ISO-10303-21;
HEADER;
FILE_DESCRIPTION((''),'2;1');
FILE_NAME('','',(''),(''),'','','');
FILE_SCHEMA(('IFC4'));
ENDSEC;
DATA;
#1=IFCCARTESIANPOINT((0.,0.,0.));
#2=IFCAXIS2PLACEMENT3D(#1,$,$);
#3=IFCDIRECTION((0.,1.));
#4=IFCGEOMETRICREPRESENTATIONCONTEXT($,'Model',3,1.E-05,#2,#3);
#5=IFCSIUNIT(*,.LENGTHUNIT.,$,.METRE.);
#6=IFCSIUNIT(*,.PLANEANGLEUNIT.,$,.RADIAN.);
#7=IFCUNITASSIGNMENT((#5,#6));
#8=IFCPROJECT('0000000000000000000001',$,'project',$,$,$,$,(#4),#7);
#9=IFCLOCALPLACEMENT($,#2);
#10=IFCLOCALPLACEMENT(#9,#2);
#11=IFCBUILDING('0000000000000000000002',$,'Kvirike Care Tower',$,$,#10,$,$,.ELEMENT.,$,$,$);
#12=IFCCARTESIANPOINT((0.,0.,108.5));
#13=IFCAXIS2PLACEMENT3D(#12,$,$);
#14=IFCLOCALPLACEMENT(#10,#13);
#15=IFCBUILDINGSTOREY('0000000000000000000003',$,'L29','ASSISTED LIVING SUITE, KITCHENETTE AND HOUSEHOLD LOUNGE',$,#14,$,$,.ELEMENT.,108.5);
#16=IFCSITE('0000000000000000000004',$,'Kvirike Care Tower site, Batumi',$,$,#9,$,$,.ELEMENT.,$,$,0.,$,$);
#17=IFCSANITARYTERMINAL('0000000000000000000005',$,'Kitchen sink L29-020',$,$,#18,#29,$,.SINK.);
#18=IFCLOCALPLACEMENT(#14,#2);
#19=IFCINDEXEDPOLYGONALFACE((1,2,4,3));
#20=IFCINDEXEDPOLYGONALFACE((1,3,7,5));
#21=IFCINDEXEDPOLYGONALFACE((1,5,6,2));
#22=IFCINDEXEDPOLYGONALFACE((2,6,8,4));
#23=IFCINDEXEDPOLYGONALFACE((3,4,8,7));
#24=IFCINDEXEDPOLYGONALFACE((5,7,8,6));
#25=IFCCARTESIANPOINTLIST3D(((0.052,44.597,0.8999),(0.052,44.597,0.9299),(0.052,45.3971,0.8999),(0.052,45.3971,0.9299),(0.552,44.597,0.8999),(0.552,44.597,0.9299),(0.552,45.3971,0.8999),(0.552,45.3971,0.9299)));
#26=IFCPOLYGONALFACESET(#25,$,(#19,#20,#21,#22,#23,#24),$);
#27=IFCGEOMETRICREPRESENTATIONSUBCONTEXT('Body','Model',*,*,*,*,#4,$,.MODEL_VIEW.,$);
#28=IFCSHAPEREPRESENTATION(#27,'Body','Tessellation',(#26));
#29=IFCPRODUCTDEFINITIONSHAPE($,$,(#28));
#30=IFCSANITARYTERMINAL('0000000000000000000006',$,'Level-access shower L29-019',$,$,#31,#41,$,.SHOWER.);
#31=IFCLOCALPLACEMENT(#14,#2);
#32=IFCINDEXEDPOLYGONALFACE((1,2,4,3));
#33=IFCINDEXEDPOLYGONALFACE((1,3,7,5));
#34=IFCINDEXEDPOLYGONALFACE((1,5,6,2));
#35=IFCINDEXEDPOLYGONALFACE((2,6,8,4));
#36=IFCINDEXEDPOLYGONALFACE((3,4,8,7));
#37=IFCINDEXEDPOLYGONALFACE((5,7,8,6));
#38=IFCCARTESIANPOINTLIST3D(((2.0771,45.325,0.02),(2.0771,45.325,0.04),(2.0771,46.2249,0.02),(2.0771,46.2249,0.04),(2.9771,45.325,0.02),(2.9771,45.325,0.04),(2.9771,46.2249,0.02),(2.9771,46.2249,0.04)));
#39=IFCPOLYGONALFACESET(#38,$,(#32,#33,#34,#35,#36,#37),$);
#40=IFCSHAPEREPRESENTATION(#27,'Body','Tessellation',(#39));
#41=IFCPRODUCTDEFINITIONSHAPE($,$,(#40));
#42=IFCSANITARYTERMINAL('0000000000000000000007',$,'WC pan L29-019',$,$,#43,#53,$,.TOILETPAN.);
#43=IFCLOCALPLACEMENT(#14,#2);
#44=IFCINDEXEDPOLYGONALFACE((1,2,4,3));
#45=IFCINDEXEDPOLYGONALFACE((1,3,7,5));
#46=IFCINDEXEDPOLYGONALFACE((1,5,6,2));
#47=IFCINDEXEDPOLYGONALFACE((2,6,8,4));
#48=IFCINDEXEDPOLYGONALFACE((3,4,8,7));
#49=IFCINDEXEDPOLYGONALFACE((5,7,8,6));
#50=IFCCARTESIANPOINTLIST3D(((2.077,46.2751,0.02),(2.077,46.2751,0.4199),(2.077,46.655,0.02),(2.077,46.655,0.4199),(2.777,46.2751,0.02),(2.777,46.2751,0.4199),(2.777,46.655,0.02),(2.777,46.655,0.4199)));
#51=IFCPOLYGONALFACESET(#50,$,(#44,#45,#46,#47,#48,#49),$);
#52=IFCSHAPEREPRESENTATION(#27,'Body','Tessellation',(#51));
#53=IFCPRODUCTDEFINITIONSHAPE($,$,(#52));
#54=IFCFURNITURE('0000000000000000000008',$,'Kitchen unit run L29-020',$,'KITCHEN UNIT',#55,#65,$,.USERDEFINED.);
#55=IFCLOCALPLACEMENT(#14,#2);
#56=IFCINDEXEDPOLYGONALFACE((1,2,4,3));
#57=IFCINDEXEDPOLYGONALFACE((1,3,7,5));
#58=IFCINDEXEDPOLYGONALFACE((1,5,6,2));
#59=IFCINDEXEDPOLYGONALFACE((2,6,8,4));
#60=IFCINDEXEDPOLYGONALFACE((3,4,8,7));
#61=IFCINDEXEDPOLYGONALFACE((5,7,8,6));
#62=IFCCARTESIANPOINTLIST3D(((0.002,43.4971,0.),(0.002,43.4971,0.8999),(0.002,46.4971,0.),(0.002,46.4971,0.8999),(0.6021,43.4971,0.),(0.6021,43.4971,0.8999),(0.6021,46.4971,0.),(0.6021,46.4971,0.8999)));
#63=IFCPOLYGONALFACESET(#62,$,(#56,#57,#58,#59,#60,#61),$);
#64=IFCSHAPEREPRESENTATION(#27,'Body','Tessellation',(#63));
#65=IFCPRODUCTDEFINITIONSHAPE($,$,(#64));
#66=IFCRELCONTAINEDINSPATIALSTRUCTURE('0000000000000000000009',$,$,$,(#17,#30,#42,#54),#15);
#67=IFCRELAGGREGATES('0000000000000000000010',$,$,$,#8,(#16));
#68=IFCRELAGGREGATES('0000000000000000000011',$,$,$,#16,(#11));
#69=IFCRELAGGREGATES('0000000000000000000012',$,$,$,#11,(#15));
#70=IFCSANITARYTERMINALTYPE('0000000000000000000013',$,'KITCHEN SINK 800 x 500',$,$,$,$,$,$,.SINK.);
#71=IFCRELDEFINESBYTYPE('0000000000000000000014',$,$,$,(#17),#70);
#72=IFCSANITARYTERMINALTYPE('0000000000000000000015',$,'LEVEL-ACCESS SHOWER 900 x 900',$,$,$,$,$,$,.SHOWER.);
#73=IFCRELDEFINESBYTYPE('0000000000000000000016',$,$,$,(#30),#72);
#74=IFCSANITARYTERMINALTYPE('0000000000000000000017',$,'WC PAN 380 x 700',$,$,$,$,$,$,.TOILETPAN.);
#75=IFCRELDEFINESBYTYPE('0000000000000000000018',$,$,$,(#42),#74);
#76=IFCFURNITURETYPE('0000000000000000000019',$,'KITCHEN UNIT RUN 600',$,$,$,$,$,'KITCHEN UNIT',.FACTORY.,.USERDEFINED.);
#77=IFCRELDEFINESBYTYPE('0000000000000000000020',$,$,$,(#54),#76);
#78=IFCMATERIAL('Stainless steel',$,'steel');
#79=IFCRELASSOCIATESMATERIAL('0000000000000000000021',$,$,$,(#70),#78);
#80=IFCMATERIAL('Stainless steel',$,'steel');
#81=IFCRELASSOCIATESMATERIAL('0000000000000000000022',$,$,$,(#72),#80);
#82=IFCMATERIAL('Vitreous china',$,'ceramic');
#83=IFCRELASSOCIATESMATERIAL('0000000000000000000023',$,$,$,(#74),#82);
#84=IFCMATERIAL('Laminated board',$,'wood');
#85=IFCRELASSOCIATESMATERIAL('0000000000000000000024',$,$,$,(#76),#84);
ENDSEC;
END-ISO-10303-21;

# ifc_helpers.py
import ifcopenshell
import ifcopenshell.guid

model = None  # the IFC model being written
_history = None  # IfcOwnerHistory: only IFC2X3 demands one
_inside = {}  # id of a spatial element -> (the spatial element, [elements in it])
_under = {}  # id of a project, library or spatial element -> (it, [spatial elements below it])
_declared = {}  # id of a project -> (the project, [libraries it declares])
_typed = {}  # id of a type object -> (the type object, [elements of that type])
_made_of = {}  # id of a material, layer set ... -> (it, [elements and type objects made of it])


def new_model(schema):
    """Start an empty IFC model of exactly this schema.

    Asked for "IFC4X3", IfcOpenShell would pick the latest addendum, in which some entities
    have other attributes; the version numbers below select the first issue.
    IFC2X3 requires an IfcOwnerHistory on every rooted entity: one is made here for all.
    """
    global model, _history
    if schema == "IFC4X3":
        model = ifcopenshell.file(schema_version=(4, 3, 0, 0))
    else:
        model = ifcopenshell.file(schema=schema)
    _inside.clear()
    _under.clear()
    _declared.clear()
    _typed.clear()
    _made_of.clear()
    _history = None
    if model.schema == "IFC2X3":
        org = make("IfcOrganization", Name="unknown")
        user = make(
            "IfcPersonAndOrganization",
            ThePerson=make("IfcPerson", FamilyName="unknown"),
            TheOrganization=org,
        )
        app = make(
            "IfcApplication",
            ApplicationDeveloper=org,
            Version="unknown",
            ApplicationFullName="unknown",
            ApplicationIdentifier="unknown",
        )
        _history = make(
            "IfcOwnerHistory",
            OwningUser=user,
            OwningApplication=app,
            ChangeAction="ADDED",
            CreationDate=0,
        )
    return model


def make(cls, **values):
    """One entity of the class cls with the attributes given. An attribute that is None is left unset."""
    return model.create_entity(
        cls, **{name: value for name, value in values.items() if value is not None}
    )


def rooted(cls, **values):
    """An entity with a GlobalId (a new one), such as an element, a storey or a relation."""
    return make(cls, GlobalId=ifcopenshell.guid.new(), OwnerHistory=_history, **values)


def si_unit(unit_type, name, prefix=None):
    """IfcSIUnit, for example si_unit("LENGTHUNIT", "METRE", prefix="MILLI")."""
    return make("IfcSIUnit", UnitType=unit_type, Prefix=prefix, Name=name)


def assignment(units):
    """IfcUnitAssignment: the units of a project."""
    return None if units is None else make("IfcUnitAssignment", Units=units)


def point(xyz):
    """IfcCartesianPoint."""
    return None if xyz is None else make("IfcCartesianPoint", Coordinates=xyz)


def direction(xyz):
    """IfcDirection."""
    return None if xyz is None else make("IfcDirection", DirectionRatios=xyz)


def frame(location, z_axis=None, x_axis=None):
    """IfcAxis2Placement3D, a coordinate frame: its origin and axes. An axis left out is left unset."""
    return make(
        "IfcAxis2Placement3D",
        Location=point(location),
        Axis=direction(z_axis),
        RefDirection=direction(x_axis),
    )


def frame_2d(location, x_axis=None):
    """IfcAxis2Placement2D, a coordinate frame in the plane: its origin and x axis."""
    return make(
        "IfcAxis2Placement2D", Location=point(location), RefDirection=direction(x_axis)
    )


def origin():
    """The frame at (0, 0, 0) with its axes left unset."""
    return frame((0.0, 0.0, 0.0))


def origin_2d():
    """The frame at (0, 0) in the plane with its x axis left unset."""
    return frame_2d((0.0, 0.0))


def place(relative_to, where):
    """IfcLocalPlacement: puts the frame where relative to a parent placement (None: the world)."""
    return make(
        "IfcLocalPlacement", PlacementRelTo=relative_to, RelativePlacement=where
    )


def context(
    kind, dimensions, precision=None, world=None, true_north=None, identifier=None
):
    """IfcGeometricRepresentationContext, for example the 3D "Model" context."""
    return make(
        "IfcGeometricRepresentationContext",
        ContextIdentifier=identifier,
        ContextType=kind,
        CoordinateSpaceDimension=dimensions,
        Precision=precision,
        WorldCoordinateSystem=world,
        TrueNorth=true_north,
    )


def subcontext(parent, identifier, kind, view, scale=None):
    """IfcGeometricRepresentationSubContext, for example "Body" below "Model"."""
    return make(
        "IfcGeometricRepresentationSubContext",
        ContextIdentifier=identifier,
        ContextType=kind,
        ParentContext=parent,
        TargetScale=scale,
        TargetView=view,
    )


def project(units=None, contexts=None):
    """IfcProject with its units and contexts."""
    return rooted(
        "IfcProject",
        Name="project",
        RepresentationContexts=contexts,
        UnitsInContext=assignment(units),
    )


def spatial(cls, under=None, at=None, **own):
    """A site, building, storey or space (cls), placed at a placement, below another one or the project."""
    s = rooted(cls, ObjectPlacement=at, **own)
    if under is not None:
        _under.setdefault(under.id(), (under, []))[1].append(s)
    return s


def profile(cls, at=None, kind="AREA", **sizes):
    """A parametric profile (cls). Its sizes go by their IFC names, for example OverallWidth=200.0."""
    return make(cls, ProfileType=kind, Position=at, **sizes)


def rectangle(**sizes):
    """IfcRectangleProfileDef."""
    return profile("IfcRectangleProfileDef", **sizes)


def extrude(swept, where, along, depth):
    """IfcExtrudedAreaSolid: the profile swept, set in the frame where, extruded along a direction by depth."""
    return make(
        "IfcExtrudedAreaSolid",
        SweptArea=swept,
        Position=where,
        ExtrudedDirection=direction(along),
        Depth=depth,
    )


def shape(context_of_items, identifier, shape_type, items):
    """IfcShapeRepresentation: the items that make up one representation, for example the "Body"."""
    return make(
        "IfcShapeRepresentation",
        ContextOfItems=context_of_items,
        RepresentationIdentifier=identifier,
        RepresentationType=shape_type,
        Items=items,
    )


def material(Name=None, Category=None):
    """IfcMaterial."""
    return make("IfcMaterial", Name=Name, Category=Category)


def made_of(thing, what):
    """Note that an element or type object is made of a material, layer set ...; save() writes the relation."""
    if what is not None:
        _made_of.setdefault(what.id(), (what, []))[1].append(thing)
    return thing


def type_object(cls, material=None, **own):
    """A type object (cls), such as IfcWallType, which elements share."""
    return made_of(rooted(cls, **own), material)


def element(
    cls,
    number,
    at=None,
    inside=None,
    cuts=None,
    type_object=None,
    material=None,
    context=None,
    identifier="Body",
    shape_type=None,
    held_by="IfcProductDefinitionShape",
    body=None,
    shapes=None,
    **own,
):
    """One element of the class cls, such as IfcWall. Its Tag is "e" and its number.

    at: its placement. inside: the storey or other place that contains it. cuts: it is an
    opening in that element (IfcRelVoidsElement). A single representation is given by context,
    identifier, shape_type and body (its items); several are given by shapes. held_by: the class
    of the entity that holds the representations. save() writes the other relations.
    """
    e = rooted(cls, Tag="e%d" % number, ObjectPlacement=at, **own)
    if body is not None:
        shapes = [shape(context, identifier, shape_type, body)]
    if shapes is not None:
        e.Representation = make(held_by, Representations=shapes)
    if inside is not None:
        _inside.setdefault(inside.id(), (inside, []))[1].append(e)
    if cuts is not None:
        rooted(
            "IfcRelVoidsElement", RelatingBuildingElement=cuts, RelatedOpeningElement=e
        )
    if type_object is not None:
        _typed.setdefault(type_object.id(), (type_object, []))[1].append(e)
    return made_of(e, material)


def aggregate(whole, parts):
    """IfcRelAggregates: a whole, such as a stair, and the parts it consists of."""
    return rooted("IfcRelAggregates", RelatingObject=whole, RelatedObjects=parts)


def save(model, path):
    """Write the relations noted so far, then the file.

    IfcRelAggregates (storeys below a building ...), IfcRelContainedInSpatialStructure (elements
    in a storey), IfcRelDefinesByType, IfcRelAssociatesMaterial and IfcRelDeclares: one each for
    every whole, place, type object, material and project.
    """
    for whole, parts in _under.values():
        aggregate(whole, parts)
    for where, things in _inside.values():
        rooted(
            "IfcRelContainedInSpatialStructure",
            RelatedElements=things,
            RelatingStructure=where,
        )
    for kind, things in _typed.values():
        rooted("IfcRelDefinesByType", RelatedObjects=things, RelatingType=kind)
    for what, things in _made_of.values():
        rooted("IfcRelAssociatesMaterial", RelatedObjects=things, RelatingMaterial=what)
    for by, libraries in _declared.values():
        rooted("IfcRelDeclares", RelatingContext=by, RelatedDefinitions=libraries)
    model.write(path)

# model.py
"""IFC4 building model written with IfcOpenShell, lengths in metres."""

from ifc_helpers import new_model, si_unit, direction, frame, origin, origin_2d, place, context, subcontext, project, spatial, rectangle, extrude, material, type_object, element, save


model = new_model("IFC4")

# Units and contexts
model_context = context("Model", 3, precision=1e-05, world=origin(), true_north=direction((0.0, 1.0)))
body_context = subcontext(model_context, "Body", "Model", "MODEL_VIEW")
ifc_project = project(units=[si_unit("LENGTHUNIT", "METRE"), si_unit("PLANEANGLEUNIT", "RADIAN")], contexts=[model_context])

# Site, building, storey
site_placement = place(None, origin())
site = spatial("IfcSite", under=ifc_project, at=site_placement, Name="Kvirike Care Tower site, Batumi", CompositionType="ELEMENT", RefElevation=0.0)
building_placement = place(site_placement, origin())
building = spatial("IfcBuilding", under=site, at=building_placement, Name="Kvirike Care Tower", CompositionType="ELEMENT")
storey_placement = place(building_placement, frame((0.0, 0.0, 108.5)))
storey = spatial("IfcBuildingStorey", under=building, at=storey_placement, Name="L29", Description="ASSISTED LIVING SUITE, KITCHENETTE AND HOUSEHOLD LOUNGE", CompositionType="ELEMENT", Elevation=108.5)

# Sanitary terminals
ifc_material_1 = material(Name="Stainless steel", Category="steel")
sanitary_terminal_type_1 = type_object("IfcSanitaryTerminalType", Name="KITCHEN SINK 800 x 500", PredefinedType="SINK", material=ifc_material_1)
sanitary_terminal_1_placement = place(storey_placement, frame((0.302, 44.9971, 0.8999), z_axis=(0.0, 0.0, 1.0), x_axis=(0.0, 1.0, 0.0)))
element("IfcSanitaryTerminal", 1, at=sanitary_terminal_1_placement, inside=storey, type_object=sanitary_terminal_type_1, Name="Kitchen sink L29-020", PredefinedType="SINK", context=body_context, shape_type="SweptSolid", body=[
    extrude(rectangle(XDim=0.8, YDim=0.5, at=origin_2d()), origin(), (0.0, 0.0, 1.0), 0.03),
])
ifc_material_2 = material(Name="Stainless steel", Category="steel")
sanitary_terminal_type_2 = type_object("IfcSanitaryTerminalType", Name="LEVEL-ACCESS SHOWER 900 x 900", PredefinedType="SHOWER", material=ifc_material_2)
sanitary_terminal_2_placement = place(storey_placement, frame((2.5271, 45.7749, 0.02), z_axis=(0.0, 0.0, 1.0), x_axis=(0.0, 1.0, 0.0)))
element("IfcSanitaryTerminal", 2, at=sanitary_terminal_2_placement, inside=storey, type_object=sanitary_terminal_type_2, Name="Level-access shower L29-019", PredefinedType="SHOWER", context=body_context, shape_type="SweptSolid", body=[
    extrude(rectangle(XDim=0.8999, YDim=0.8999, at=origin_2d()), origin(), (0.0, 0.0, 1.0), 0.02),
])
ifc_material_3 = material(Name="Vitreous china", Category="ceramic")
sanitary_terminal_type_3 = type_object("IfcSanitaryTerminalType", Name="WC PAN 380 x 700", PredefinedType="TOILETPAN", material=ifc_material_3)
sanitary_terminal_3_placement = place(storey_placement, frame((2.427, 46.4651, 0.02), z_axis=(0.0, 0.0, 1.0), x_axis=(0.0, 1.0, 0.0)))
element("IfcSanitaryTerminal", 3, at=sanitary_terminal_3_placement, inside=storey, type_object=sanitary_terminal_type_3, Name="WC pan L29-019", PredefinedType="TOILETPAN", context=body_context, shape_type="SweptSolid", body=[
    extrude(rectangle(XDim=0.3799, YDim=0.7, at=origin_2d()), origin(), (0.0, 0.0, 1.0), 0.3999),
])

# Furniture
ifc_material_4 = material(Name="Laminated board", Category="wood")
furniture_type = type_object("IfcFurnitureType", Name="KITCHEN UNIT RUN 600", ElementType="KITCHEN UNIT", AssemblyPlace="FACTORY", PredefinedType="USERDEFINED", material=ifc_material_4)
furniture_placement = place(storey_placement, frame((0.302, 44.9971, 0.0), z_axis=(0.0, 0.0, 1.0), x_axis=(0.0, 1.0, 0.0)))
element("IfcFurniture", 4, at=furniture_placement, inside=storey, type_object=furniture_type, Name="Kitchen unit run L29-020", ObjectType="KITCHEN UNIT", PredefinedType="USERDEFINED", context=body_context, shape_type="SweptSolid", body=[
    extrude(rectangle(XDim=3.0, YDim=0.6001, at=origin_2d()), origin(), (0.0, 0.0, 1.0), 0.8999),
])

save(model, "model.ifc")
